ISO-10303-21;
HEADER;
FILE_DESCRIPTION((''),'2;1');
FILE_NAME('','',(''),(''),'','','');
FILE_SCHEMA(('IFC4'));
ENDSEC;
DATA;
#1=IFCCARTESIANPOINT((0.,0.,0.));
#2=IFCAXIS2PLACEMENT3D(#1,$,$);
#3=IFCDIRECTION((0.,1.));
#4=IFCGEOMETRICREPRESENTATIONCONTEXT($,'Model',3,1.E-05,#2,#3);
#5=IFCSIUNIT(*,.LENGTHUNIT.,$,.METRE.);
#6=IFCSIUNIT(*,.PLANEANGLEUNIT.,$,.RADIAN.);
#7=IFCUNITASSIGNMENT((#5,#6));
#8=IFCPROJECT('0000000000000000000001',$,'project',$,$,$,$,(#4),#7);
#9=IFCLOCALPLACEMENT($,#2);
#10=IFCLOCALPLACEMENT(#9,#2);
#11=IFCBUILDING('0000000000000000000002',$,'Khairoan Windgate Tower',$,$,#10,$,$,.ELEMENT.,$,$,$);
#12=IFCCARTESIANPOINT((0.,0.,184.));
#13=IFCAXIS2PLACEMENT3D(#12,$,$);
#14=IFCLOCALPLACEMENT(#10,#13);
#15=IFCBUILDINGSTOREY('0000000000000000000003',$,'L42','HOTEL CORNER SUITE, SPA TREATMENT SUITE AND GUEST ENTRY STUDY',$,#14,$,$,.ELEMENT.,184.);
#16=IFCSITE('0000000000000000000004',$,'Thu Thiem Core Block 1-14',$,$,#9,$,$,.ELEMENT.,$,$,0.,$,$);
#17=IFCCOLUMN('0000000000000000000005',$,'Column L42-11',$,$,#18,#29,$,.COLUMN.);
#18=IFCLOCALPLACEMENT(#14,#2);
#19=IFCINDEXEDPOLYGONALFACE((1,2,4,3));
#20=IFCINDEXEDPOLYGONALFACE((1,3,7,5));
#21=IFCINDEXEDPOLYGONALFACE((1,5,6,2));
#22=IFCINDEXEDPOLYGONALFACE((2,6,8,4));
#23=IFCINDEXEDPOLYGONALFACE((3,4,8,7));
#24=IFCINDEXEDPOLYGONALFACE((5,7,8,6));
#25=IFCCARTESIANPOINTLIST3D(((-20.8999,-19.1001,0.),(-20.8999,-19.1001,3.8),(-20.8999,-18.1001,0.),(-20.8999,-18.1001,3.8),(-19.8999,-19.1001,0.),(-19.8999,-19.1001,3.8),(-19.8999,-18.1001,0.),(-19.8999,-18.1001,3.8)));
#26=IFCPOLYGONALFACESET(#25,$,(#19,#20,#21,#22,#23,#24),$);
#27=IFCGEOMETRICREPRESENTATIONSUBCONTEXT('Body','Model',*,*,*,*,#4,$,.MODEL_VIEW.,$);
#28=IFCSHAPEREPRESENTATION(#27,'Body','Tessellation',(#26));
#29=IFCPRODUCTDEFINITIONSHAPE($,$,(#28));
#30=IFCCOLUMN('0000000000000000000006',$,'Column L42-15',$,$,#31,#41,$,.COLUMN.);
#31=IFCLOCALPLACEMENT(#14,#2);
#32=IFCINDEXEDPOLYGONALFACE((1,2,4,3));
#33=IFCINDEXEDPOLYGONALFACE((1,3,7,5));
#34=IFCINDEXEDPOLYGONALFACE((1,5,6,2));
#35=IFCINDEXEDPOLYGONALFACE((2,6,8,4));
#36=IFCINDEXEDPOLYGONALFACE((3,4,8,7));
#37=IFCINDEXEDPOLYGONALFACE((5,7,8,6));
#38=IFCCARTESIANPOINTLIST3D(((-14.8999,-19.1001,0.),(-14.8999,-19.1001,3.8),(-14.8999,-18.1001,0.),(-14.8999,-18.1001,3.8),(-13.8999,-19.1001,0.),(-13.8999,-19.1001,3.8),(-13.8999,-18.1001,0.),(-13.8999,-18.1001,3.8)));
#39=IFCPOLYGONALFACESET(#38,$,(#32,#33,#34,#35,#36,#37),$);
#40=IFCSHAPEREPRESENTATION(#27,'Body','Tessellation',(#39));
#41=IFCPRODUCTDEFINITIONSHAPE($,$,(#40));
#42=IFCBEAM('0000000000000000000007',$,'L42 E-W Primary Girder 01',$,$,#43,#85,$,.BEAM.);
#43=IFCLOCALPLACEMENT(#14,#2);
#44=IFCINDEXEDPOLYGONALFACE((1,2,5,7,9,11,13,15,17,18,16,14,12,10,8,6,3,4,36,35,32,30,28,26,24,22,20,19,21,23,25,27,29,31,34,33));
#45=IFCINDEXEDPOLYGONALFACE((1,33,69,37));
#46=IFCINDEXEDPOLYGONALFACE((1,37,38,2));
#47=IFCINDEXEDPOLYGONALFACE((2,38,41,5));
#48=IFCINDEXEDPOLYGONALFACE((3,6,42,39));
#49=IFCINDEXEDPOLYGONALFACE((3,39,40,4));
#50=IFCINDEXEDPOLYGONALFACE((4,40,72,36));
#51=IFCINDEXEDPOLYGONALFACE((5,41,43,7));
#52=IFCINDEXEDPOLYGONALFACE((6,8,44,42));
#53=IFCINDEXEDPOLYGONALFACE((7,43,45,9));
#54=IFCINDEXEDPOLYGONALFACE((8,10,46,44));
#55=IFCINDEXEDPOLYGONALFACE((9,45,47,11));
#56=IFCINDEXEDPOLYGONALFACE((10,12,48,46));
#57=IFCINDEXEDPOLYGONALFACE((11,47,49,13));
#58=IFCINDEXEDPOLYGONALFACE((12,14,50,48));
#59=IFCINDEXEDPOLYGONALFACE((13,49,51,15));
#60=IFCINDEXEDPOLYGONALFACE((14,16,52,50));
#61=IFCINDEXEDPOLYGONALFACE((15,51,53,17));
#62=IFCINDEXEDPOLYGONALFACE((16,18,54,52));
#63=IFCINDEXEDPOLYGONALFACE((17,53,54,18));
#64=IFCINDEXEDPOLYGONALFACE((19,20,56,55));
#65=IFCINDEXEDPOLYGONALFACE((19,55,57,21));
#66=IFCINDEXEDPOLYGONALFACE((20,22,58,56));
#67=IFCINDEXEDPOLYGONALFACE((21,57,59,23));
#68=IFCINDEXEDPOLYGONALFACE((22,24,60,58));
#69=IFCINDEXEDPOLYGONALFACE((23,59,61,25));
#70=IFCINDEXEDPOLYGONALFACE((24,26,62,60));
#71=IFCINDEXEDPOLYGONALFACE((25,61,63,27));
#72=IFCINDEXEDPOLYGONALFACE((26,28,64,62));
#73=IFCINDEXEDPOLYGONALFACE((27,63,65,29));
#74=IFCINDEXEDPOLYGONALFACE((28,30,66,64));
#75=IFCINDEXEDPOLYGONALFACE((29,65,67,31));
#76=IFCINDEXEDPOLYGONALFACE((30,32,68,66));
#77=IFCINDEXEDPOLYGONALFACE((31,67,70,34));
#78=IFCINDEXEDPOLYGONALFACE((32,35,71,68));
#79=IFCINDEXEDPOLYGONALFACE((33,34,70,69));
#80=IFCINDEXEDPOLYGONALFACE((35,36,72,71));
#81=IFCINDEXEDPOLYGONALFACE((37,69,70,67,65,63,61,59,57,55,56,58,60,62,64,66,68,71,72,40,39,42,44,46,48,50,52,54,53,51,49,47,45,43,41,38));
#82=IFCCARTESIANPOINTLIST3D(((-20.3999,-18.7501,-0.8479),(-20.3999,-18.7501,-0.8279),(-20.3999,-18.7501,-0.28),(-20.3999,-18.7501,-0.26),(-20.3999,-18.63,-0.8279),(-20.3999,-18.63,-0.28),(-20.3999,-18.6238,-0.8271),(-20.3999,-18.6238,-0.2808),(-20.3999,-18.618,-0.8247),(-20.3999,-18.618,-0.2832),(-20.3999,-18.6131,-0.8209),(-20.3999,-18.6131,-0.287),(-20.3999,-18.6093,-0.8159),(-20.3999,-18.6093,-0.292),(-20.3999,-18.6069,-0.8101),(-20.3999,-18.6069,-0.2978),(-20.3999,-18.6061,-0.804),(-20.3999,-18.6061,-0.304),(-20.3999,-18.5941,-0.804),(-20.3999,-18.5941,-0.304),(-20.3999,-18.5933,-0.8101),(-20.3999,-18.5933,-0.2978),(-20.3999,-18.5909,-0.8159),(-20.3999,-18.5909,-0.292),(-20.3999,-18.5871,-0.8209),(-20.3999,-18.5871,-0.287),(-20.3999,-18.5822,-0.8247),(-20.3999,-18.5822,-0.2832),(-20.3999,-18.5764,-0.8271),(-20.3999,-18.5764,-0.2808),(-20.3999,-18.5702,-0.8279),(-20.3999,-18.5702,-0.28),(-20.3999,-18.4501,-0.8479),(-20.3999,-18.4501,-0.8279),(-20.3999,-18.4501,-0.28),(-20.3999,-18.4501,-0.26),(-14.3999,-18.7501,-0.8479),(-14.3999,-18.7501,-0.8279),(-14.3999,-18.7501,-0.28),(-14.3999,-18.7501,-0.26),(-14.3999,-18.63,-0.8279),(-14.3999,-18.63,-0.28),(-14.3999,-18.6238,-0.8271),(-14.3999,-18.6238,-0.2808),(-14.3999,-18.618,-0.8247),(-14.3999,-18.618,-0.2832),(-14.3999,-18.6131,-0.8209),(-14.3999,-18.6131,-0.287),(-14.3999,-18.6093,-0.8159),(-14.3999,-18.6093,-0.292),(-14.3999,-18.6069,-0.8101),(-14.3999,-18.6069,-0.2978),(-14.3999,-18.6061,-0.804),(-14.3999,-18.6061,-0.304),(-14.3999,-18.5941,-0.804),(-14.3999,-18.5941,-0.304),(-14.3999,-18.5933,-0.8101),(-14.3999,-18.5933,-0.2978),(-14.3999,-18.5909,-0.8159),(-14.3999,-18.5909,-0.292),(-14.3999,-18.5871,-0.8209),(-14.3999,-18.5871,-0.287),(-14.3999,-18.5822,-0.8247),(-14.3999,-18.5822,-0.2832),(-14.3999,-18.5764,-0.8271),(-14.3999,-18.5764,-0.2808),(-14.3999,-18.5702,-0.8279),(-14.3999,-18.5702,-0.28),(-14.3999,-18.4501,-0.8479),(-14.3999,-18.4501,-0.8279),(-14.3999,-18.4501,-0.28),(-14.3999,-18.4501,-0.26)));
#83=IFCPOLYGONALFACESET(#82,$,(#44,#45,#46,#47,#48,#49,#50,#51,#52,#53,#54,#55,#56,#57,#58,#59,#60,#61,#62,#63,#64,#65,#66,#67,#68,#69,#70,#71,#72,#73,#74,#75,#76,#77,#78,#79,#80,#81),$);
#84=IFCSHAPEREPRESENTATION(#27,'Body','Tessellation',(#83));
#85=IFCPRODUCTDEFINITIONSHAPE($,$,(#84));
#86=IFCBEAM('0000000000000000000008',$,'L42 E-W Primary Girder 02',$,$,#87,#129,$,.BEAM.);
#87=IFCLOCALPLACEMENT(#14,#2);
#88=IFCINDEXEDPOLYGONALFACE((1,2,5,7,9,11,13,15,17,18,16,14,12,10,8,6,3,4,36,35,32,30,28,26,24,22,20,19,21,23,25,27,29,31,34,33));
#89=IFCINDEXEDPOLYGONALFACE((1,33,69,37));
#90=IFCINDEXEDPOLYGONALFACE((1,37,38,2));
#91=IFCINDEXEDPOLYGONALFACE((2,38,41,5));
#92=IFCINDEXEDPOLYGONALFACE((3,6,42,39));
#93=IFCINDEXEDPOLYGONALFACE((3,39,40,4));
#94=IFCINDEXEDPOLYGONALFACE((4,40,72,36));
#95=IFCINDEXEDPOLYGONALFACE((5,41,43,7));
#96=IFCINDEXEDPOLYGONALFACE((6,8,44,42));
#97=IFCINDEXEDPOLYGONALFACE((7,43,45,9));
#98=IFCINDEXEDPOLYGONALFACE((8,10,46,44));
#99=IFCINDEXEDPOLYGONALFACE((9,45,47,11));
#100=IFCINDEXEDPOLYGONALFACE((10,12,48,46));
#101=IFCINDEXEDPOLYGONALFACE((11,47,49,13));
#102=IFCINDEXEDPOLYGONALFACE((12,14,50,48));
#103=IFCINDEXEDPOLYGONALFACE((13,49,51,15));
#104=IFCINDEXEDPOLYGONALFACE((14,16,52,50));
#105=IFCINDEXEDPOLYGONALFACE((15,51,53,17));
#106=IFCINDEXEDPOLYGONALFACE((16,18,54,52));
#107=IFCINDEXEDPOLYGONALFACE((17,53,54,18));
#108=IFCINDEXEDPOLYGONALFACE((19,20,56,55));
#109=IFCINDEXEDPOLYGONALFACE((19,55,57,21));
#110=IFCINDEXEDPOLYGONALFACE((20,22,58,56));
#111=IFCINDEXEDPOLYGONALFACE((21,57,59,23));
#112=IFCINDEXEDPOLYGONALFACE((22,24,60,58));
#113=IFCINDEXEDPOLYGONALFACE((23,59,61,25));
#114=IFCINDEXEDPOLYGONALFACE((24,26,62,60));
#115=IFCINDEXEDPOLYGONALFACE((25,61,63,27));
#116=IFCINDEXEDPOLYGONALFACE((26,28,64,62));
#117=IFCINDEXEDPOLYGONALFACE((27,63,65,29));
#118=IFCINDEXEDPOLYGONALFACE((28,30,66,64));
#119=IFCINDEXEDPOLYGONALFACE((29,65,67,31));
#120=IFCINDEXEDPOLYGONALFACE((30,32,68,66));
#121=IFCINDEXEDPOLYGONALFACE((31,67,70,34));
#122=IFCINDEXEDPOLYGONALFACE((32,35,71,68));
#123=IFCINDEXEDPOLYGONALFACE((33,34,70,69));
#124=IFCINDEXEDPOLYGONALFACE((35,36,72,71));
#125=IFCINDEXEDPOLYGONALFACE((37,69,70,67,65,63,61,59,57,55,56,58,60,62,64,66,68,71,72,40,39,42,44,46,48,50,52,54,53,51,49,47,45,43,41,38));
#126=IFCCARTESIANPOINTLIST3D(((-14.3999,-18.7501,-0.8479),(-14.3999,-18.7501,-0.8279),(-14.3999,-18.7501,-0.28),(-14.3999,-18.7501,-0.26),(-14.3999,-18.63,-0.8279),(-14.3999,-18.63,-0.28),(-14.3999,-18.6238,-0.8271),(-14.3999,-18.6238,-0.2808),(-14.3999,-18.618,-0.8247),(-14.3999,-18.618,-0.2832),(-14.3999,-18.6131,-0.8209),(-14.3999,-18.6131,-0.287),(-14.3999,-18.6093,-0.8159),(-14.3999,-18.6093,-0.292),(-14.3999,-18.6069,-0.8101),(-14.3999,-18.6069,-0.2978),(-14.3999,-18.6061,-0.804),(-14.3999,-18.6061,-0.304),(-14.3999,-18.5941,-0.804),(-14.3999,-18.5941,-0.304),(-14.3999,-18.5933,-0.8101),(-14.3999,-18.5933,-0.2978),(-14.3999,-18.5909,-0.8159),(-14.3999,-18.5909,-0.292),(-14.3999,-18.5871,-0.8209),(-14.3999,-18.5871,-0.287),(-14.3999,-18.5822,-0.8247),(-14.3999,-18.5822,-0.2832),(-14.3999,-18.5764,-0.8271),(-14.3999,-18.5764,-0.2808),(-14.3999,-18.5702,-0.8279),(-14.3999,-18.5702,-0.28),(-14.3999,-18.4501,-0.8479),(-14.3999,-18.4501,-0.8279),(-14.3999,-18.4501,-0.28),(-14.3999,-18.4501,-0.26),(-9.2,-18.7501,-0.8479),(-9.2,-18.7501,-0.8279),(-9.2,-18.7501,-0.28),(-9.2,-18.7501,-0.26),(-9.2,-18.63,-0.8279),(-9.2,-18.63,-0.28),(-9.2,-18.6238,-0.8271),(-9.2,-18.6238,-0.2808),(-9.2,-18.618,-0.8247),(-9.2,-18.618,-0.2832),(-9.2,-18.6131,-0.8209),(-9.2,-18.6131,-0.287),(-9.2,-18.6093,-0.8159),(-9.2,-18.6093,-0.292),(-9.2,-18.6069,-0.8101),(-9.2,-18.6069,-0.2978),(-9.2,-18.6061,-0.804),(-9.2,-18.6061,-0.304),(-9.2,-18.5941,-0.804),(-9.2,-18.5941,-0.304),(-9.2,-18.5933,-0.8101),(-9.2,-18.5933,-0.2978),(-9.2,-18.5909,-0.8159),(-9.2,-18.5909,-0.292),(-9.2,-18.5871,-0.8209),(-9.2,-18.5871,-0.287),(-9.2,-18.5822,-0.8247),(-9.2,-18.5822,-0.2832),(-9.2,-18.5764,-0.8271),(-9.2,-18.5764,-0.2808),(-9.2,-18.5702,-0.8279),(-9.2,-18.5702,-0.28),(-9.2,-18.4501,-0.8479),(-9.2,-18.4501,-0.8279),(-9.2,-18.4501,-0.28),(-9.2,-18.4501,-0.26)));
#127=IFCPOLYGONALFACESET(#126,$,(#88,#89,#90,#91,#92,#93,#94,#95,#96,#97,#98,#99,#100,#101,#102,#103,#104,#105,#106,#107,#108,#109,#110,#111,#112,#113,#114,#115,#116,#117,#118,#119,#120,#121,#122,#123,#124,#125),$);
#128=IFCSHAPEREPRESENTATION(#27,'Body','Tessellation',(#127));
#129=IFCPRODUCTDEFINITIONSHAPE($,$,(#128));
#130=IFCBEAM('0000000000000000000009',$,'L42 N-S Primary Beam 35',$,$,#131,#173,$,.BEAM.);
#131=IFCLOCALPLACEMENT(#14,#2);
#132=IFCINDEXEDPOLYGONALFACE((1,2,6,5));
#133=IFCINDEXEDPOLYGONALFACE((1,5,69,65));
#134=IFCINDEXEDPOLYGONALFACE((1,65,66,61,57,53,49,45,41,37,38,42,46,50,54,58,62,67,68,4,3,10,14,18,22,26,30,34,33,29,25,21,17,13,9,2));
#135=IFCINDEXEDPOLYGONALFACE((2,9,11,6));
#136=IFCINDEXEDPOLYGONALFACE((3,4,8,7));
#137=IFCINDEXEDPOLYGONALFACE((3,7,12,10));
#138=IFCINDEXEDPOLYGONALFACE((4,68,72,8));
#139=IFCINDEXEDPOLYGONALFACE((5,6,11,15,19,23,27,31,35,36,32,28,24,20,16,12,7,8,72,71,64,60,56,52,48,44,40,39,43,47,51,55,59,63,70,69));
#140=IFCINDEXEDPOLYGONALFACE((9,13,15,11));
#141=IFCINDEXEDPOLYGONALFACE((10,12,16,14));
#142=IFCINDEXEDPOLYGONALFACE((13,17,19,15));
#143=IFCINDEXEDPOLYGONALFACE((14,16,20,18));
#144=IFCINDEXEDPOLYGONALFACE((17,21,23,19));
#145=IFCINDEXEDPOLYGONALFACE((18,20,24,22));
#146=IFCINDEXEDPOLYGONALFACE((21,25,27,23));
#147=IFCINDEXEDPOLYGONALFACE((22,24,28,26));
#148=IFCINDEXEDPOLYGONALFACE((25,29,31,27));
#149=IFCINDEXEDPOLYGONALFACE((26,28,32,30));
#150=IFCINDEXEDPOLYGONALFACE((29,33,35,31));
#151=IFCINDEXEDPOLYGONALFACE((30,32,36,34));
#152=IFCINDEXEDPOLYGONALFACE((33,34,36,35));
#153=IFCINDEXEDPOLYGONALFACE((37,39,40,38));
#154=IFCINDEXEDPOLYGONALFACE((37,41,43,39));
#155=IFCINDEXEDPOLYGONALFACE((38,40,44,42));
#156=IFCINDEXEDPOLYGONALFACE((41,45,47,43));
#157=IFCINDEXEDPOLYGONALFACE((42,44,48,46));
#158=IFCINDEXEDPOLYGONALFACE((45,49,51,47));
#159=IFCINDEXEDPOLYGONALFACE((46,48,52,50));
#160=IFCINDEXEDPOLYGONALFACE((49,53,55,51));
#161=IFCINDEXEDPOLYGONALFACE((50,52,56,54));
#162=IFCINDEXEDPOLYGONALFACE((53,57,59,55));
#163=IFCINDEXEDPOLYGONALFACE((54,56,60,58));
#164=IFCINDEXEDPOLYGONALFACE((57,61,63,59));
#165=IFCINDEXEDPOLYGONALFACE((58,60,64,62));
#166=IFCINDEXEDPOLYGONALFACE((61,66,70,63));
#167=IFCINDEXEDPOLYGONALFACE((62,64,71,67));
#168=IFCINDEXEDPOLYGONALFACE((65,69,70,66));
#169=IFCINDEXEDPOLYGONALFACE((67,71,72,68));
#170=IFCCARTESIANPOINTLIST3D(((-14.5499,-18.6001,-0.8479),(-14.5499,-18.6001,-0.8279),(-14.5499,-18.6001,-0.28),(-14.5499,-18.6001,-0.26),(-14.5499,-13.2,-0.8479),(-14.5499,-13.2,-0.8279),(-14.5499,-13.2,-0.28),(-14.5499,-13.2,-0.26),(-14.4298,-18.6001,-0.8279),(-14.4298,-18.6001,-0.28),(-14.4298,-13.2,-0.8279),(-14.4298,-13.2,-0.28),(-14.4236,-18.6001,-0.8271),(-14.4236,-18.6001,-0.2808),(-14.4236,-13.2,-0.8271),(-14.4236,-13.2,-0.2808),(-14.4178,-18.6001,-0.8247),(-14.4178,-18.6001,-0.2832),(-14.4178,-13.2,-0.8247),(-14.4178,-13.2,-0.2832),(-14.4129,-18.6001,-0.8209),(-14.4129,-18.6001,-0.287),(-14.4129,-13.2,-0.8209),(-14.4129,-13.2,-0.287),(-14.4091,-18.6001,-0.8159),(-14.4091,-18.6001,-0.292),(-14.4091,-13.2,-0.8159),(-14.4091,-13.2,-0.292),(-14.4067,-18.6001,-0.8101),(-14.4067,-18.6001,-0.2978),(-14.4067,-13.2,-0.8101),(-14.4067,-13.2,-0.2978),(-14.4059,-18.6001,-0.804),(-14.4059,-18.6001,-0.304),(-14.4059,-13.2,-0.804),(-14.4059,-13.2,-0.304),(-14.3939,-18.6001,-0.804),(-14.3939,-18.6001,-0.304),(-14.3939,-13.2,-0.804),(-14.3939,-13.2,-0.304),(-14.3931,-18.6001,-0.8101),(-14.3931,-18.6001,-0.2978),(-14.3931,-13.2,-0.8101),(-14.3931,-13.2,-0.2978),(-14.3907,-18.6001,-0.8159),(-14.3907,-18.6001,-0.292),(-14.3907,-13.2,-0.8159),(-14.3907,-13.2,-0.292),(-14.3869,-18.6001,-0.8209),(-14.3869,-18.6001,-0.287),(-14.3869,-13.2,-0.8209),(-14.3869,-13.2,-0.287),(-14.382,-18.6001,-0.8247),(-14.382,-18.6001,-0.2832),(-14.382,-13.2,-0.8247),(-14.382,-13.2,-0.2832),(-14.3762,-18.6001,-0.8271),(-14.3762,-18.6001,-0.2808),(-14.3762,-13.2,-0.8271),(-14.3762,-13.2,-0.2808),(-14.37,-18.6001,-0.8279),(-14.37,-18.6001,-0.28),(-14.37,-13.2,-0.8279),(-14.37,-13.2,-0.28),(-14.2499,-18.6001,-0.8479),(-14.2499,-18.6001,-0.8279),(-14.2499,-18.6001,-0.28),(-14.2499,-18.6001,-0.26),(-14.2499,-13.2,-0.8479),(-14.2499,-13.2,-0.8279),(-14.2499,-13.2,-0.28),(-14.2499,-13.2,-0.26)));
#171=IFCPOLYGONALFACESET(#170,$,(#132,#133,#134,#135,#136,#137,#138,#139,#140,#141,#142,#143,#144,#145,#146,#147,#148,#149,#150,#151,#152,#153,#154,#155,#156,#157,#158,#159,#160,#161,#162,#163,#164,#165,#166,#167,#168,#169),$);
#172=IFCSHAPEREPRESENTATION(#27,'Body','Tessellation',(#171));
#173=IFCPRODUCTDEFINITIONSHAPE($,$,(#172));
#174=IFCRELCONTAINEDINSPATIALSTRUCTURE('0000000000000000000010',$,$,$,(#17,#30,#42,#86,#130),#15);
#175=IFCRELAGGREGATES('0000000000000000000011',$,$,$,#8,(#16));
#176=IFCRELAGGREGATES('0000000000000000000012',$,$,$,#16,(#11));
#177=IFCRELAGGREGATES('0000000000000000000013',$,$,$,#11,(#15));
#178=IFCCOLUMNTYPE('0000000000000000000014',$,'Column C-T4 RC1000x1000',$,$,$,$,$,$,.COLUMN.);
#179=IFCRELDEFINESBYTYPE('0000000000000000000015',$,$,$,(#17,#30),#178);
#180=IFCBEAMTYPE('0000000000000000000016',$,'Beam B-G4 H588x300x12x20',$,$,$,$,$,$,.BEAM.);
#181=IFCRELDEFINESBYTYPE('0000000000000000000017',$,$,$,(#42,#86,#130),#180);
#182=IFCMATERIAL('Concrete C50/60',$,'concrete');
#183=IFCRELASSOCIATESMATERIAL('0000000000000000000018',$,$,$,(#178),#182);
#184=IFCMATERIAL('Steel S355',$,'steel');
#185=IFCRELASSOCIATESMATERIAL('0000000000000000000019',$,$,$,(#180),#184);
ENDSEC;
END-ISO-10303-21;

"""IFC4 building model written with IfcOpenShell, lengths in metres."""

from ifc_helpers import new_model, si_unit, direction, frame, origin, origin_2d, place, context, subcontext, project, spatial, rectangle, i_section, extrude, material, material_profile, profile_set, type_object, element, save


model = new_model("IFC4")

# Units and contexts
model_context = context("Model", 3, precision=1e-05, world=origin(), true_north=direction((0.0, 1.0)))
body_context = subcontext(model_context, "Body", "Model", "MODEL_VIEW")
ifc_project = project(units=[si_unit("LENGTHUNIT", "METRE"), si_unit("PLANEANGLEUNIT", "RADIAN")], contexts=[model_context])

# Site, building, storey
site_placement = place(None, origin())
site = spatial("IfcSite", under=ifc_project, at=site_placement, Name="Thu Thiem Core Block 1-14", CompositionType="ELEMENT", RefElevation=0.0)
building_placement = place(site_placement, origin())
building = spatial("IfcBuilding", under=site, at=building_placement, Name="Khairoan Windgate Tower", CompositionType="ELEMENT")
storey_placement = place(building_placement, frame((0.0, 0.0, 184.0)))
storey = spatial("IfcBuildingStorey", under=building, at=storey_placement, Name="L42", Description="HOTEL CORNER SUITE, SPA TREATMENT SUITE AND GUEST ENTRY STUDY", CompositionType="ELEMENT", Elevation=184.0)

# Columns
ifc_material_1 = material(Name="Concrete C50/60", Category="concrete")
ifc_material_profile_1 = material_profile(ifc_material_1, rectangle(XDim=1.0, YDim=1.0, at=origin_2d()))
ifc_profile_set_1 = profile_set([ifc_material_profile_1], Name="Concrete C50/60")
column_type = type_object("IfcColumnType", Name="Column C-T4 RC1000x1000", PredefinedType="COLUMN", material=ifc_profile_set_1)
for number, where, z_axis, x_axis, name in (
    (1, (-20.3999, -18.6001, 0.0), (0.0, 0.0, 1.0), (1.0, 0.0, 0.0), "Column L42-11"),
    (2, (-14.3999, -18.6001, 0.0), (0.0, 0.0, 1.0), (1.0, 0.0, 0.0), "Column L42-15"),
):
    element("IfcColumn", number, at=place(storey_placement, frame(where, z_axis=z_axis, x_axis=x_axis)), inside=storey, type_object=column_type, Name=name, PredefinedType="COLUMN", context=body_context, shape_type="SweptSolid", body=[
        extrude(rectangle(XDim=1.0, YDim=1.0, at=origin_2d()), origin(), (0.0, 0.0, 1.0), 3.8),
    ])

# Beams
ifc_material_2 = material(Name="Steel S355", Category="steel")
ifc_material_profile_2 = material_profile(ifc_material_2, i_section(OverallWidth=0.3, OverallDepth=0.5879, WebThickness=0.012, FlangeThickness=0.02, FilletRadius=0.0239, at=origin_2d()))
ifc_profile_set_2 = profile_set([ifc_material_profile_2], Name="Steel S355")
beam_type_1 = type_object("IfcBeamType", Name="Beam B-G4 H588x300x12x20", PredefinedType="BEAM", material=ifc_profile_set_2)
beam_1_placement = place(storey_placement, frame((-20.3999, -18.6001, -0.554), z_axis=(1.0, 0.0, 0.0), x_axis=(0.0, 1.0, 0.0)))
element("IfcBeam", 3, at=beam_1_placement, inside=storey, type_object=beam_type_1, Name="L42 E-W Primary Girder 01", PredefinedType="BEAM", context=body_context, shape_type="SweptSolid", body=[
    extrude(i_section(OverallWidth=0.3, OverallDepth=0.5879, WebThickness=0.012, FlangeThickness=0.02, FilletRadius=0.0239, at=origin_2d()), origin(), (0.0, 0.0, 1.0), 6.0),
])
beam_2_placement = place(storey_placement, frame((-14.3999, -18.6001, -0.554), z_axis=(1.0, 0.0, 0.0), x_axis=(0.0, 1.0, 0.0)))
element("IfcBeam", 4, at=beam_2_placement, inside=storey, type_object=beam_type_1, Name="L42 E-W Primary Girder 02", PredefinedType="BEAM", context=body_context, shape_type="SweptSolid", body=[
    extrude(i_section(OverallWidth=0.3, OverallDepth=0.5879, WebThickness=0.012, FlangeThickness=0.02, FilletRadius=0.0239, at=origin_2d()), origin(), (0.0, 0.0, 1.0), 5.2),
])
beam_3_placement = place(storey_placement, frame((-14.3999, -18.6001, -0.554), z_axis=(0.0, 1.0, 0.0), x_axis=(-1.0, 0.0, 0.0)))
element("IfcBeam", 5, at=beam_3_placement, inside=storey, type_object=beam_type_1, Name="L42 N-S Primary Beam 35", PredefinedType="BEAM", context=body_context, shape_type="SweptSolid", body=[
    extrude(i_section(OverallWidth=0.3, OverallDepth=0.5879, WebThickness=0.012, FlangeThickness=0.02, FilletRadius=0.0239, at=origin_2d()), origin(), (0.0, 0.0, 1.0), 5.4001),
])

save(model, "model.ifc")
